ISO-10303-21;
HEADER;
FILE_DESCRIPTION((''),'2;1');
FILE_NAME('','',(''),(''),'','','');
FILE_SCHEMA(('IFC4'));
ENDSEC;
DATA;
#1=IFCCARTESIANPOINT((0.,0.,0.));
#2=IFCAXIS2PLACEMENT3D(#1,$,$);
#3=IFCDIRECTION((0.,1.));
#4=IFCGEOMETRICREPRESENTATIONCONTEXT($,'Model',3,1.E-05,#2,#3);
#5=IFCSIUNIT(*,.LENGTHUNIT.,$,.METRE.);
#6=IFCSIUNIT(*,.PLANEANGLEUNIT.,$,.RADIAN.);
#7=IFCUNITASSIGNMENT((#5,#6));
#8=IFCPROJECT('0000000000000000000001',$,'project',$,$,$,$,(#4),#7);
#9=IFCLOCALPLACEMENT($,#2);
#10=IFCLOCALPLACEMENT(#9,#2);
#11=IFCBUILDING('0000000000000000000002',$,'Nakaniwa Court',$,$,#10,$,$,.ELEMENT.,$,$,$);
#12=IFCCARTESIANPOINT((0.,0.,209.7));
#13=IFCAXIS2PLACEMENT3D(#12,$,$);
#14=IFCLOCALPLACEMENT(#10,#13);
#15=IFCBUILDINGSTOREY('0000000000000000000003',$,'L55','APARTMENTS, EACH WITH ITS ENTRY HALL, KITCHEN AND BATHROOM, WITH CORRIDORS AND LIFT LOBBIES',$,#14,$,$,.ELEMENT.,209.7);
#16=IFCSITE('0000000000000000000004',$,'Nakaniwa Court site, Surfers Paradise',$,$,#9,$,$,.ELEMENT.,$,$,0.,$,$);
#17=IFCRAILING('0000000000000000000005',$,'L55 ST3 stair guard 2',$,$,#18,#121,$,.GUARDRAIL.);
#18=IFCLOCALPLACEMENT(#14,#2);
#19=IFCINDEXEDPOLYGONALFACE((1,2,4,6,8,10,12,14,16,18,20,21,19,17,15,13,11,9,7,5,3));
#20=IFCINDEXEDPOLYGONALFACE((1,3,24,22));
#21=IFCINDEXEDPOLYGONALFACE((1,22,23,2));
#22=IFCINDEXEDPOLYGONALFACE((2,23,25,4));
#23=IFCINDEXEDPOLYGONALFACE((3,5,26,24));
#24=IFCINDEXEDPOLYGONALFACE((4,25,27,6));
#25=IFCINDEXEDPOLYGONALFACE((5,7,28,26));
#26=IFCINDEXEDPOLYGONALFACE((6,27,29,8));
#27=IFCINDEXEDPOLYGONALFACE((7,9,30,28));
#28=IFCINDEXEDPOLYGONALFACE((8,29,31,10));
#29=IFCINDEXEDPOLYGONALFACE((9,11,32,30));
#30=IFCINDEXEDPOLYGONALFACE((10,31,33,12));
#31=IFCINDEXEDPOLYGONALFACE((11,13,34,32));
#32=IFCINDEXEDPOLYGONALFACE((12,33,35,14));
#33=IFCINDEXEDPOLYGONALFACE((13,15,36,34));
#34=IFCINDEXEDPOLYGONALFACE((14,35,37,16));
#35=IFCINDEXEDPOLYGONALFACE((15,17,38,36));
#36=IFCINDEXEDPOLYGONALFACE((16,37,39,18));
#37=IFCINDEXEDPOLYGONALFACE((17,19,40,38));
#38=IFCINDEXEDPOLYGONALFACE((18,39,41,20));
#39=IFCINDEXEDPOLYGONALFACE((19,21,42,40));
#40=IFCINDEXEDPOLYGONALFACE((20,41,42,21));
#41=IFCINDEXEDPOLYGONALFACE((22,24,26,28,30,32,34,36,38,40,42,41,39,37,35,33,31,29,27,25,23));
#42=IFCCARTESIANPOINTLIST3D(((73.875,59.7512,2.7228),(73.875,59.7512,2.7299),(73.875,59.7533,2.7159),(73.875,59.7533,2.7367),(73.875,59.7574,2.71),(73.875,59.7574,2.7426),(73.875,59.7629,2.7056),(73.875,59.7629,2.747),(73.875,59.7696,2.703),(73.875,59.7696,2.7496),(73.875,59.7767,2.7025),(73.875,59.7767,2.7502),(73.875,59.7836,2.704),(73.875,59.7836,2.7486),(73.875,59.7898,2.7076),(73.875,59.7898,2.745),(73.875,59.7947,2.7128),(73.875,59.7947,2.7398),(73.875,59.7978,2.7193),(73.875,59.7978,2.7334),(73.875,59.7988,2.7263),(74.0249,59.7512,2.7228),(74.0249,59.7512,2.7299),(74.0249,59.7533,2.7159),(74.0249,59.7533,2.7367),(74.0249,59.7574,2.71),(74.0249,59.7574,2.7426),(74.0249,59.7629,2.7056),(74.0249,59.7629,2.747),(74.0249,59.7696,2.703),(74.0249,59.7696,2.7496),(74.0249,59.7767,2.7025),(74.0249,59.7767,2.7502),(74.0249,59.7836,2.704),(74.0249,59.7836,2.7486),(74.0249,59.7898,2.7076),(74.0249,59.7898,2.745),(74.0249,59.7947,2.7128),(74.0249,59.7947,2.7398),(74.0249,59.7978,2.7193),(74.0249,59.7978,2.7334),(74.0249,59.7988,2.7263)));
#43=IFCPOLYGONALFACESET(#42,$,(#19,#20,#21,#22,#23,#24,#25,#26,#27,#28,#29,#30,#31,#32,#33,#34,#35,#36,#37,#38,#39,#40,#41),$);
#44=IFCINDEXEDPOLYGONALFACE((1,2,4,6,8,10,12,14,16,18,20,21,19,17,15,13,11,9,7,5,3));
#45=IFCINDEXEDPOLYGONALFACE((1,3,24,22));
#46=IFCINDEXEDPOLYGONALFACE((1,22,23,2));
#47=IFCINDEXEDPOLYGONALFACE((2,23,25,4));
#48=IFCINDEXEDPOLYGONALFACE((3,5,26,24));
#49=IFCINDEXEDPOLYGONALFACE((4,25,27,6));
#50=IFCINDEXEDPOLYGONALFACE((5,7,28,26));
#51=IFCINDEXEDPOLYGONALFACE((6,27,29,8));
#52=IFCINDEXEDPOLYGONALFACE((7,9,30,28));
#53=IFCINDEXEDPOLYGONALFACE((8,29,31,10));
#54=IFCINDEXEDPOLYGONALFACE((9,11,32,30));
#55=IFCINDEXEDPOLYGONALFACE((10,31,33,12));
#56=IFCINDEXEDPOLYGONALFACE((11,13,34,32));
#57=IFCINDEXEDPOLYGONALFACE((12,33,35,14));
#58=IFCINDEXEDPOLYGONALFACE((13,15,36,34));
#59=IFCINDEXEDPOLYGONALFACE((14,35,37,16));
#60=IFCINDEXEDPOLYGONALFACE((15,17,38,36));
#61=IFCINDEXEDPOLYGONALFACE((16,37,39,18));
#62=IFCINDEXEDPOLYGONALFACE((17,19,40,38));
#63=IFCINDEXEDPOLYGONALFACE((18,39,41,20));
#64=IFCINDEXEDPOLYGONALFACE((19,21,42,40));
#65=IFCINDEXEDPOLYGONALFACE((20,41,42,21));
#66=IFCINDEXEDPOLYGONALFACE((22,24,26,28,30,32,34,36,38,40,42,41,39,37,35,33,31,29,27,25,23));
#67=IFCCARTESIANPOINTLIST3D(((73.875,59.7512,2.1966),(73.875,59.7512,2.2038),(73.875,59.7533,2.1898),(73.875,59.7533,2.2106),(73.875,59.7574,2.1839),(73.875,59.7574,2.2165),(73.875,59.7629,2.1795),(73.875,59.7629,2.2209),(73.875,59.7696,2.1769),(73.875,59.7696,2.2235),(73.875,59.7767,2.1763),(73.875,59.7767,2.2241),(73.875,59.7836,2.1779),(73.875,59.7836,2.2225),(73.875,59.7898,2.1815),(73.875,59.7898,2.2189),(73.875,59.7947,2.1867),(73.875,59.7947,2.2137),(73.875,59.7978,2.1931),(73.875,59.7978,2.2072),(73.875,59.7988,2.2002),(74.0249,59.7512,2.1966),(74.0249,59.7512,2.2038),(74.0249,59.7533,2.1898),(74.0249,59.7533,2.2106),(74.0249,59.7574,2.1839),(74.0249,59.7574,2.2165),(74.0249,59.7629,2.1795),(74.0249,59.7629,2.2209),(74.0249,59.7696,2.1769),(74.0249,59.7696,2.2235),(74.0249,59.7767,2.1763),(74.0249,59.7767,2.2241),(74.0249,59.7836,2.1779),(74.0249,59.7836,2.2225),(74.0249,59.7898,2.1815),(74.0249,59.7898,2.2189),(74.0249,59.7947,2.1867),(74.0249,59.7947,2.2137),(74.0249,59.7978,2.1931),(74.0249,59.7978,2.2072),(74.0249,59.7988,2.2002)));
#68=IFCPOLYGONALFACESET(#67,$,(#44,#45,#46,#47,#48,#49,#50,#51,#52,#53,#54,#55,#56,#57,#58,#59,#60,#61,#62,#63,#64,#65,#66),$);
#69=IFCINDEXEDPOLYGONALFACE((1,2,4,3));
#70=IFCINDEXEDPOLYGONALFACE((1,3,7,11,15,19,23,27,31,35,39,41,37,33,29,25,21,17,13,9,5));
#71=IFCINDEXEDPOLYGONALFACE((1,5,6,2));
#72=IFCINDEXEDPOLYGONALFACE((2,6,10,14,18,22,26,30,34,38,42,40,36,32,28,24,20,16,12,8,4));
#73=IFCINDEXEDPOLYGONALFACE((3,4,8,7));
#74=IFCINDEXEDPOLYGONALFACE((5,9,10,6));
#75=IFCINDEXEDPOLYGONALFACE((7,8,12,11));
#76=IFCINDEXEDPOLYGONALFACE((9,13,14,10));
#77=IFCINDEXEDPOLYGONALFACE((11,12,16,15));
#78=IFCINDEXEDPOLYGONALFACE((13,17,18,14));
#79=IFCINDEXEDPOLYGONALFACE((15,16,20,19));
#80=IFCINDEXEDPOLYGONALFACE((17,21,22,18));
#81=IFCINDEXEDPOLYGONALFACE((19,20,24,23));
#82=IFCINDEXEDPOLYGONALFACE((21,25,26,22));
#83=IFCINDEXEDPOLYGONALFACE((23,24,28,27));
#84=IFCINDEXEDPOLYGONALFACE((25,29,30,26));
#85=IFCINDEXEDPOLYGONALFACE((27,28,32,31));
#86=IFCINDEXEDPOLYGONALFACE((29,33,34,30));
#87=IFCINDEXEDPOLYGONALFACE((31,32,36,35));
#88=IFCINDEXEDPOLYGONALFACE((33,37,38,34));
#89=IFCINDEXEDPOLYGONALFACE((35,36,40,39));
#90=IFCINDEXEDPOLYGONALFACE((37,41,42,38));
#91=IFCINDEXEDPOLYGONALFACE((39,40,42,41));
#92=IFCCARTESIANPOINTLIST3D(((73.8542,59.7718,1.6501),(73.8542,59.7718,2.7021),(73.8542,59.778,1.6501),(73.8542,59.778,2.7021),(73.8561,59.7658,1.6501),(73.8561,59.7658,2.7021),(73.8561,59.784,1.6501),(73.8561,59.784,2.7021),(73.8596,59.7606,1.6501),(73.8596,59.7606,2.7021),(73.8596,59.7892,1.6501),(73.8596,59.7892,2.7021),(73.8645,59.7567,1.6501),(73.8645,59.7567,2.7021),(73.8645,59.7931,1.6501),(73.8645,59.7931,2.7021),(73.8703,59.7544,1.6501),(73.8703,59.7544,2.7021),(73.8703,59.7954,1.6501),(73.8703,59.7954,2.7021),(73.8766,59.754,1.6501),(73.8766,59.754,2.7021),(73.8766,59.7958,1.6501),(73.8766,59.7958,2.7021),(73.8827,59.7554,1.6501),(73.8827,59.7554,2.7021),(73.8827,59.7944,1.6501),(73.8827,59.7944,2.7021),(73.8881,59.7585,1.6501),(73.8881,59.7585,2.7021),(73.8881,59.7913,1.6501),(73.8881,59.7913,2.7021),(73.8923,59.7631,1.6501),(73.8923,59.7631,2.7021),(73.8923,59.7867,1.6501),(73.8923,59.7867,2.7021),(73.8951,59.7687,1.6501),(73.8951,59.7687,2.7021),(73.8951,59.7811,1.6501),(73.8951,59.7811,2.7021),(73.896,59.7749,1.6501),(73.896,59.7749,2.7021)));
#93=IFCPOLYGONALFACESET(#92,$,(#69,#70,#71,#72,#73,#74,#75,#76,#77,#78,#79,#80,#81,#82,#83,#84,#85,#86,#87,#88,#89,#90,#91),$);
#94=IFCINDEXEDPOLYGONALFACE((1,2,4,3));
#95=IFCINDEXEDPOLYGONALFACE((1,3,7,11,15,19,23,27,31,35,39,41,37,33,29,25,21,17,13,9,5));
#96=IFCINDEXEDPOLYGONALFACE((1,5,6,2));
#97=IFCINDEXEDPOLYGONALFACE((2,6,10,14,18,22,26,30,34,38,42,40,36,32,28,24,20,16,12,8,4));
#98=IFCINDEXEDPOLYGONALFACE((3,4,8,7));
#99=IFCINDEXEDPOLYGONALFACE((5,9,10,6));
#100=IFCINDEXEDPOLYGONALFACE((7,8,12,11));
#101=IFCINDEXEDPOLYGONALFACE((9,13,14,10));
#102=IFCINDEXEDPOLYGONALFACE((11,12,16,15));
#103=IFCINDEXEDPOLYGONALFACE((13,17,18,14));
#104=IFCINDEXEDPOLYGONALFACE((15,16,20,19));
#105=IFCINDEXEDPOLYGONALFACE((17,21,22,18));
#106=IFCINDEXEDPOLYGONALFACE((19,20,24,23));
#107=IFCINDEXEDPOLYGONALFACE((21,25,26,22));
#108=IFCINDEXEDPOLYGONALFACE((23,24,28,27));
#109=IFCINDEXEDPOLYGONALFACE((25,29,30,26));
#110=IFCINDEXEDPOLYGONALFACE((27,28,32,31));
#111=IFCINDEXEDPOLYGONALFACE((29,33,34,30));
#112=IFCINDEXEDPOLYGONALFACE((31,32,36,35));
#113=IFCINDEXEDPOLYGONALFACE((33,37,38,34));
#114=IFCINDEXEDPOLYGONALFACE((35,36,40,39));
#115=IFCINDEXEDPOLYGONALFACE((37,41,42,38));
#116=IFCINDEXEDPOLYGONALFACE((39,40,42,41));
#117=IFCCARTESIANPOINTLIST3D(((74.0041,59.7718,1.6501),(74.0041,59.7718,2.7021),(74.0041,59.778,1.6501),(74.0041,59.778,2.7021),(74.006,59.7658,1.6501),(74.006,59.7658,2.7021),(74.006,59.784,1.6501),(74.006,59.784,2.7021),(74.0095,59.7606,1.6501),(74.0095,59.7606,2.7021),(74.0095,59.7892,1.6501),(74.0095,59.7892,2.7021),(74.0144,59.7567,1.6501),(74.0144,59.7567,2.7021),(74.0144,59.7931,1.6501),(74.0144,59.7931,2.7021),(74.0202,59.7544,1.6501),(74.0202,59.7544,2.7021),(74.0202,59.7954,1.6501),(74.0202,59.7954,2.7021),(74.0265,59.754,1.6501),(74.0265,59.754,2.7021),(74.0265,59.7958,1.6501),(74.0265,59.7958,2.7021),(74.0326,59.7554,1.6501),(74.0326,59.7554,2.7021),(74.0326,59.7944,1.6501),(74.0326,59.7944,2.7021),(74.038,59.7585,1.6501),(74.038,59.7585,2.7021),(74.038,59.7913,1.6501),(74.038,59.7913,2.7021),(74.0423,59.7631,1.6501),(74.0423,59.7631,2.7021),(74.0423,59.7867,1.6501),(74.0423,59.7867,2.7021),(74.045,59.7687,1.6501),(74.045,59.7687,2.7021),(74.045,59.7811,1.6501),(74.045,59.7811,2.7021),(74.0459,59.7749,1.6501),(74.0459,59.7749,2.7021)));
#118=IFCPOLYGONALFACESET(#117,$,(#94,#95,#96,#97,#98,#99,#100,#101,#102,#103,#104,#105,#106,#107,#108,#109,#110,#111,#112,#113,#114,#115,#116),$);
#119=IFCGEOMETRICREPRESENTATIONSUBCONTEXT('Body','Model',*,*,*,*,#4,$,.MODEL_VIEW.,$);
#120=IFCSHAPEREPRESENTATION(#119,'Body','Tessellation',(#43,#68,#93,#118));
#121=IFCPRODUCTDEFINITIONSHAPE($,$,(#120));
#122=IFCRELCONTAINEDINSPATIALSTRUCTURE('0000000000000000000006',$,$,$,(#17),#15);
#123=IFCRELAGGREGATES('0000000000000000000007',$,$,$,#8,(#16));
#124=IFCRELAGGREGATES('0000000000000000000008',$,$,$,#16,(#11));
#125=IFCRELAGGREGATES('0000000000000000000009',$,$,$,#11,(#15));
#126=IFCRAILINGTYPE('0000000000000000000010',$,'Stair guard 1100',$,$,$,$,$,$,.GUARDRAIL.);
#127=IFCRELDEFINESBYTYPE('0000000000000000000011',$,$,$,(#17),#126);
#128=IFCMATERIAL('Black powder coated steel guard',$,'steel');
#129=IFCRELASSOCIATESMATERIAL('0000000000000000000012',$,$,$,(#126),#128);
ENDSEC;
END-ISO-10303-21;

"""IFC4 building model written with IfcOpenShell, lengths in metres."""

from ifc_helpers import new_model, si_unit, direction, frame, origin, origin_2d, place, context, subcontext, project, spatial, circle, extrude, material, type_object, element, save


model = new_model("IFC4")

# Units and contexts
model_context = context("Model", 3, precision=1e-05, world=origin(), true_north=direction((0.0, 1.0)))
body_context = subcontext(model_context, "Body", "Model", "MODEL_VIEW")
ifc_project = project(units=[si_unit("LENGTHUNIT", "METRE"), si_unit("PLANEANGLEUNIT", "RADIAN")], contexts=[model_context])

# Site, building, storey
site_placement = place(None, origin())
site = spatial("IfcSite", under=ifc_project, at=site_placement, Name="Nakaniwa Court site, Surfers Paradise", CompositionType="ELEMENT", RefElevation=0.0)
building_placement = place(site_placement, origin())
building = spatial("IfcBuilding", under=site, at=building_placement, Name="Nakaniwa Court", CompositionType="ELEMENT")
storey_placement = place(building_placement, frame((0.0, 0.0, 209.7)))
storey = spatial("IfcBuildingStorey", under=building, at=storey_placement, Name="L55", Description="APARTMENTS, EACH WITH ITS ENTRY HALL, KITCHEN AND BATHROOM, WITH CORRIDORS AND LIFT LOBBIES", CompositionType="ELEMENT", Elevation=209.7)

# Railing
ifc_material_1 = material(Name="Black powder coated steel guard", Category="steel")
railing_type_1 = type_object("IfcRailingType", Name="Stair guard 1100", PredefinedType="GUARDRAIL", material=ifc_material_1)
railing_1_placement = place(storey_placement, frame((73.875, 59.7749, 1.6501)))
element("IfcRailing", 1, at=railing_1_placement, inside=storey, type_object=railing_type_1, Name="L55 ST3 stair guard 2", PredefinedType="GUARDRAIL", context=body_context, shape_type="SweptSolid", body=[
    extrude(circle(Radius=0.0239, at=origin_2d()), frame((0.0, 0.0, 1.0762), z_axis=(1.0, 0.0, 0.0), x_axis=(0.0, 1.0, 0.0)), (0.0, 0.0, 1.0), 0.1499),
    extrude(circle(Radius=0.0239, at=origin_2d()), frame((0.0, 0.0, 0.55), z_axis=(1.0, 0.0, 0.0), x_axis=(0.0, 1.0, 0.0)), (0.0, 0.0, 1.0), 0.1499),
    extrude(circle(Radius=0.021, at=origin_2d()), origin(), (0.0, 0.0, 1.0), 1.052),
    extrude(circle(Radius=0.021, at=origin_2d()), frame((0.1499, 0.0, 0.0)), (0.0, 0.0, 1.0), 1.052),
])

save(model, "model.ifc")
